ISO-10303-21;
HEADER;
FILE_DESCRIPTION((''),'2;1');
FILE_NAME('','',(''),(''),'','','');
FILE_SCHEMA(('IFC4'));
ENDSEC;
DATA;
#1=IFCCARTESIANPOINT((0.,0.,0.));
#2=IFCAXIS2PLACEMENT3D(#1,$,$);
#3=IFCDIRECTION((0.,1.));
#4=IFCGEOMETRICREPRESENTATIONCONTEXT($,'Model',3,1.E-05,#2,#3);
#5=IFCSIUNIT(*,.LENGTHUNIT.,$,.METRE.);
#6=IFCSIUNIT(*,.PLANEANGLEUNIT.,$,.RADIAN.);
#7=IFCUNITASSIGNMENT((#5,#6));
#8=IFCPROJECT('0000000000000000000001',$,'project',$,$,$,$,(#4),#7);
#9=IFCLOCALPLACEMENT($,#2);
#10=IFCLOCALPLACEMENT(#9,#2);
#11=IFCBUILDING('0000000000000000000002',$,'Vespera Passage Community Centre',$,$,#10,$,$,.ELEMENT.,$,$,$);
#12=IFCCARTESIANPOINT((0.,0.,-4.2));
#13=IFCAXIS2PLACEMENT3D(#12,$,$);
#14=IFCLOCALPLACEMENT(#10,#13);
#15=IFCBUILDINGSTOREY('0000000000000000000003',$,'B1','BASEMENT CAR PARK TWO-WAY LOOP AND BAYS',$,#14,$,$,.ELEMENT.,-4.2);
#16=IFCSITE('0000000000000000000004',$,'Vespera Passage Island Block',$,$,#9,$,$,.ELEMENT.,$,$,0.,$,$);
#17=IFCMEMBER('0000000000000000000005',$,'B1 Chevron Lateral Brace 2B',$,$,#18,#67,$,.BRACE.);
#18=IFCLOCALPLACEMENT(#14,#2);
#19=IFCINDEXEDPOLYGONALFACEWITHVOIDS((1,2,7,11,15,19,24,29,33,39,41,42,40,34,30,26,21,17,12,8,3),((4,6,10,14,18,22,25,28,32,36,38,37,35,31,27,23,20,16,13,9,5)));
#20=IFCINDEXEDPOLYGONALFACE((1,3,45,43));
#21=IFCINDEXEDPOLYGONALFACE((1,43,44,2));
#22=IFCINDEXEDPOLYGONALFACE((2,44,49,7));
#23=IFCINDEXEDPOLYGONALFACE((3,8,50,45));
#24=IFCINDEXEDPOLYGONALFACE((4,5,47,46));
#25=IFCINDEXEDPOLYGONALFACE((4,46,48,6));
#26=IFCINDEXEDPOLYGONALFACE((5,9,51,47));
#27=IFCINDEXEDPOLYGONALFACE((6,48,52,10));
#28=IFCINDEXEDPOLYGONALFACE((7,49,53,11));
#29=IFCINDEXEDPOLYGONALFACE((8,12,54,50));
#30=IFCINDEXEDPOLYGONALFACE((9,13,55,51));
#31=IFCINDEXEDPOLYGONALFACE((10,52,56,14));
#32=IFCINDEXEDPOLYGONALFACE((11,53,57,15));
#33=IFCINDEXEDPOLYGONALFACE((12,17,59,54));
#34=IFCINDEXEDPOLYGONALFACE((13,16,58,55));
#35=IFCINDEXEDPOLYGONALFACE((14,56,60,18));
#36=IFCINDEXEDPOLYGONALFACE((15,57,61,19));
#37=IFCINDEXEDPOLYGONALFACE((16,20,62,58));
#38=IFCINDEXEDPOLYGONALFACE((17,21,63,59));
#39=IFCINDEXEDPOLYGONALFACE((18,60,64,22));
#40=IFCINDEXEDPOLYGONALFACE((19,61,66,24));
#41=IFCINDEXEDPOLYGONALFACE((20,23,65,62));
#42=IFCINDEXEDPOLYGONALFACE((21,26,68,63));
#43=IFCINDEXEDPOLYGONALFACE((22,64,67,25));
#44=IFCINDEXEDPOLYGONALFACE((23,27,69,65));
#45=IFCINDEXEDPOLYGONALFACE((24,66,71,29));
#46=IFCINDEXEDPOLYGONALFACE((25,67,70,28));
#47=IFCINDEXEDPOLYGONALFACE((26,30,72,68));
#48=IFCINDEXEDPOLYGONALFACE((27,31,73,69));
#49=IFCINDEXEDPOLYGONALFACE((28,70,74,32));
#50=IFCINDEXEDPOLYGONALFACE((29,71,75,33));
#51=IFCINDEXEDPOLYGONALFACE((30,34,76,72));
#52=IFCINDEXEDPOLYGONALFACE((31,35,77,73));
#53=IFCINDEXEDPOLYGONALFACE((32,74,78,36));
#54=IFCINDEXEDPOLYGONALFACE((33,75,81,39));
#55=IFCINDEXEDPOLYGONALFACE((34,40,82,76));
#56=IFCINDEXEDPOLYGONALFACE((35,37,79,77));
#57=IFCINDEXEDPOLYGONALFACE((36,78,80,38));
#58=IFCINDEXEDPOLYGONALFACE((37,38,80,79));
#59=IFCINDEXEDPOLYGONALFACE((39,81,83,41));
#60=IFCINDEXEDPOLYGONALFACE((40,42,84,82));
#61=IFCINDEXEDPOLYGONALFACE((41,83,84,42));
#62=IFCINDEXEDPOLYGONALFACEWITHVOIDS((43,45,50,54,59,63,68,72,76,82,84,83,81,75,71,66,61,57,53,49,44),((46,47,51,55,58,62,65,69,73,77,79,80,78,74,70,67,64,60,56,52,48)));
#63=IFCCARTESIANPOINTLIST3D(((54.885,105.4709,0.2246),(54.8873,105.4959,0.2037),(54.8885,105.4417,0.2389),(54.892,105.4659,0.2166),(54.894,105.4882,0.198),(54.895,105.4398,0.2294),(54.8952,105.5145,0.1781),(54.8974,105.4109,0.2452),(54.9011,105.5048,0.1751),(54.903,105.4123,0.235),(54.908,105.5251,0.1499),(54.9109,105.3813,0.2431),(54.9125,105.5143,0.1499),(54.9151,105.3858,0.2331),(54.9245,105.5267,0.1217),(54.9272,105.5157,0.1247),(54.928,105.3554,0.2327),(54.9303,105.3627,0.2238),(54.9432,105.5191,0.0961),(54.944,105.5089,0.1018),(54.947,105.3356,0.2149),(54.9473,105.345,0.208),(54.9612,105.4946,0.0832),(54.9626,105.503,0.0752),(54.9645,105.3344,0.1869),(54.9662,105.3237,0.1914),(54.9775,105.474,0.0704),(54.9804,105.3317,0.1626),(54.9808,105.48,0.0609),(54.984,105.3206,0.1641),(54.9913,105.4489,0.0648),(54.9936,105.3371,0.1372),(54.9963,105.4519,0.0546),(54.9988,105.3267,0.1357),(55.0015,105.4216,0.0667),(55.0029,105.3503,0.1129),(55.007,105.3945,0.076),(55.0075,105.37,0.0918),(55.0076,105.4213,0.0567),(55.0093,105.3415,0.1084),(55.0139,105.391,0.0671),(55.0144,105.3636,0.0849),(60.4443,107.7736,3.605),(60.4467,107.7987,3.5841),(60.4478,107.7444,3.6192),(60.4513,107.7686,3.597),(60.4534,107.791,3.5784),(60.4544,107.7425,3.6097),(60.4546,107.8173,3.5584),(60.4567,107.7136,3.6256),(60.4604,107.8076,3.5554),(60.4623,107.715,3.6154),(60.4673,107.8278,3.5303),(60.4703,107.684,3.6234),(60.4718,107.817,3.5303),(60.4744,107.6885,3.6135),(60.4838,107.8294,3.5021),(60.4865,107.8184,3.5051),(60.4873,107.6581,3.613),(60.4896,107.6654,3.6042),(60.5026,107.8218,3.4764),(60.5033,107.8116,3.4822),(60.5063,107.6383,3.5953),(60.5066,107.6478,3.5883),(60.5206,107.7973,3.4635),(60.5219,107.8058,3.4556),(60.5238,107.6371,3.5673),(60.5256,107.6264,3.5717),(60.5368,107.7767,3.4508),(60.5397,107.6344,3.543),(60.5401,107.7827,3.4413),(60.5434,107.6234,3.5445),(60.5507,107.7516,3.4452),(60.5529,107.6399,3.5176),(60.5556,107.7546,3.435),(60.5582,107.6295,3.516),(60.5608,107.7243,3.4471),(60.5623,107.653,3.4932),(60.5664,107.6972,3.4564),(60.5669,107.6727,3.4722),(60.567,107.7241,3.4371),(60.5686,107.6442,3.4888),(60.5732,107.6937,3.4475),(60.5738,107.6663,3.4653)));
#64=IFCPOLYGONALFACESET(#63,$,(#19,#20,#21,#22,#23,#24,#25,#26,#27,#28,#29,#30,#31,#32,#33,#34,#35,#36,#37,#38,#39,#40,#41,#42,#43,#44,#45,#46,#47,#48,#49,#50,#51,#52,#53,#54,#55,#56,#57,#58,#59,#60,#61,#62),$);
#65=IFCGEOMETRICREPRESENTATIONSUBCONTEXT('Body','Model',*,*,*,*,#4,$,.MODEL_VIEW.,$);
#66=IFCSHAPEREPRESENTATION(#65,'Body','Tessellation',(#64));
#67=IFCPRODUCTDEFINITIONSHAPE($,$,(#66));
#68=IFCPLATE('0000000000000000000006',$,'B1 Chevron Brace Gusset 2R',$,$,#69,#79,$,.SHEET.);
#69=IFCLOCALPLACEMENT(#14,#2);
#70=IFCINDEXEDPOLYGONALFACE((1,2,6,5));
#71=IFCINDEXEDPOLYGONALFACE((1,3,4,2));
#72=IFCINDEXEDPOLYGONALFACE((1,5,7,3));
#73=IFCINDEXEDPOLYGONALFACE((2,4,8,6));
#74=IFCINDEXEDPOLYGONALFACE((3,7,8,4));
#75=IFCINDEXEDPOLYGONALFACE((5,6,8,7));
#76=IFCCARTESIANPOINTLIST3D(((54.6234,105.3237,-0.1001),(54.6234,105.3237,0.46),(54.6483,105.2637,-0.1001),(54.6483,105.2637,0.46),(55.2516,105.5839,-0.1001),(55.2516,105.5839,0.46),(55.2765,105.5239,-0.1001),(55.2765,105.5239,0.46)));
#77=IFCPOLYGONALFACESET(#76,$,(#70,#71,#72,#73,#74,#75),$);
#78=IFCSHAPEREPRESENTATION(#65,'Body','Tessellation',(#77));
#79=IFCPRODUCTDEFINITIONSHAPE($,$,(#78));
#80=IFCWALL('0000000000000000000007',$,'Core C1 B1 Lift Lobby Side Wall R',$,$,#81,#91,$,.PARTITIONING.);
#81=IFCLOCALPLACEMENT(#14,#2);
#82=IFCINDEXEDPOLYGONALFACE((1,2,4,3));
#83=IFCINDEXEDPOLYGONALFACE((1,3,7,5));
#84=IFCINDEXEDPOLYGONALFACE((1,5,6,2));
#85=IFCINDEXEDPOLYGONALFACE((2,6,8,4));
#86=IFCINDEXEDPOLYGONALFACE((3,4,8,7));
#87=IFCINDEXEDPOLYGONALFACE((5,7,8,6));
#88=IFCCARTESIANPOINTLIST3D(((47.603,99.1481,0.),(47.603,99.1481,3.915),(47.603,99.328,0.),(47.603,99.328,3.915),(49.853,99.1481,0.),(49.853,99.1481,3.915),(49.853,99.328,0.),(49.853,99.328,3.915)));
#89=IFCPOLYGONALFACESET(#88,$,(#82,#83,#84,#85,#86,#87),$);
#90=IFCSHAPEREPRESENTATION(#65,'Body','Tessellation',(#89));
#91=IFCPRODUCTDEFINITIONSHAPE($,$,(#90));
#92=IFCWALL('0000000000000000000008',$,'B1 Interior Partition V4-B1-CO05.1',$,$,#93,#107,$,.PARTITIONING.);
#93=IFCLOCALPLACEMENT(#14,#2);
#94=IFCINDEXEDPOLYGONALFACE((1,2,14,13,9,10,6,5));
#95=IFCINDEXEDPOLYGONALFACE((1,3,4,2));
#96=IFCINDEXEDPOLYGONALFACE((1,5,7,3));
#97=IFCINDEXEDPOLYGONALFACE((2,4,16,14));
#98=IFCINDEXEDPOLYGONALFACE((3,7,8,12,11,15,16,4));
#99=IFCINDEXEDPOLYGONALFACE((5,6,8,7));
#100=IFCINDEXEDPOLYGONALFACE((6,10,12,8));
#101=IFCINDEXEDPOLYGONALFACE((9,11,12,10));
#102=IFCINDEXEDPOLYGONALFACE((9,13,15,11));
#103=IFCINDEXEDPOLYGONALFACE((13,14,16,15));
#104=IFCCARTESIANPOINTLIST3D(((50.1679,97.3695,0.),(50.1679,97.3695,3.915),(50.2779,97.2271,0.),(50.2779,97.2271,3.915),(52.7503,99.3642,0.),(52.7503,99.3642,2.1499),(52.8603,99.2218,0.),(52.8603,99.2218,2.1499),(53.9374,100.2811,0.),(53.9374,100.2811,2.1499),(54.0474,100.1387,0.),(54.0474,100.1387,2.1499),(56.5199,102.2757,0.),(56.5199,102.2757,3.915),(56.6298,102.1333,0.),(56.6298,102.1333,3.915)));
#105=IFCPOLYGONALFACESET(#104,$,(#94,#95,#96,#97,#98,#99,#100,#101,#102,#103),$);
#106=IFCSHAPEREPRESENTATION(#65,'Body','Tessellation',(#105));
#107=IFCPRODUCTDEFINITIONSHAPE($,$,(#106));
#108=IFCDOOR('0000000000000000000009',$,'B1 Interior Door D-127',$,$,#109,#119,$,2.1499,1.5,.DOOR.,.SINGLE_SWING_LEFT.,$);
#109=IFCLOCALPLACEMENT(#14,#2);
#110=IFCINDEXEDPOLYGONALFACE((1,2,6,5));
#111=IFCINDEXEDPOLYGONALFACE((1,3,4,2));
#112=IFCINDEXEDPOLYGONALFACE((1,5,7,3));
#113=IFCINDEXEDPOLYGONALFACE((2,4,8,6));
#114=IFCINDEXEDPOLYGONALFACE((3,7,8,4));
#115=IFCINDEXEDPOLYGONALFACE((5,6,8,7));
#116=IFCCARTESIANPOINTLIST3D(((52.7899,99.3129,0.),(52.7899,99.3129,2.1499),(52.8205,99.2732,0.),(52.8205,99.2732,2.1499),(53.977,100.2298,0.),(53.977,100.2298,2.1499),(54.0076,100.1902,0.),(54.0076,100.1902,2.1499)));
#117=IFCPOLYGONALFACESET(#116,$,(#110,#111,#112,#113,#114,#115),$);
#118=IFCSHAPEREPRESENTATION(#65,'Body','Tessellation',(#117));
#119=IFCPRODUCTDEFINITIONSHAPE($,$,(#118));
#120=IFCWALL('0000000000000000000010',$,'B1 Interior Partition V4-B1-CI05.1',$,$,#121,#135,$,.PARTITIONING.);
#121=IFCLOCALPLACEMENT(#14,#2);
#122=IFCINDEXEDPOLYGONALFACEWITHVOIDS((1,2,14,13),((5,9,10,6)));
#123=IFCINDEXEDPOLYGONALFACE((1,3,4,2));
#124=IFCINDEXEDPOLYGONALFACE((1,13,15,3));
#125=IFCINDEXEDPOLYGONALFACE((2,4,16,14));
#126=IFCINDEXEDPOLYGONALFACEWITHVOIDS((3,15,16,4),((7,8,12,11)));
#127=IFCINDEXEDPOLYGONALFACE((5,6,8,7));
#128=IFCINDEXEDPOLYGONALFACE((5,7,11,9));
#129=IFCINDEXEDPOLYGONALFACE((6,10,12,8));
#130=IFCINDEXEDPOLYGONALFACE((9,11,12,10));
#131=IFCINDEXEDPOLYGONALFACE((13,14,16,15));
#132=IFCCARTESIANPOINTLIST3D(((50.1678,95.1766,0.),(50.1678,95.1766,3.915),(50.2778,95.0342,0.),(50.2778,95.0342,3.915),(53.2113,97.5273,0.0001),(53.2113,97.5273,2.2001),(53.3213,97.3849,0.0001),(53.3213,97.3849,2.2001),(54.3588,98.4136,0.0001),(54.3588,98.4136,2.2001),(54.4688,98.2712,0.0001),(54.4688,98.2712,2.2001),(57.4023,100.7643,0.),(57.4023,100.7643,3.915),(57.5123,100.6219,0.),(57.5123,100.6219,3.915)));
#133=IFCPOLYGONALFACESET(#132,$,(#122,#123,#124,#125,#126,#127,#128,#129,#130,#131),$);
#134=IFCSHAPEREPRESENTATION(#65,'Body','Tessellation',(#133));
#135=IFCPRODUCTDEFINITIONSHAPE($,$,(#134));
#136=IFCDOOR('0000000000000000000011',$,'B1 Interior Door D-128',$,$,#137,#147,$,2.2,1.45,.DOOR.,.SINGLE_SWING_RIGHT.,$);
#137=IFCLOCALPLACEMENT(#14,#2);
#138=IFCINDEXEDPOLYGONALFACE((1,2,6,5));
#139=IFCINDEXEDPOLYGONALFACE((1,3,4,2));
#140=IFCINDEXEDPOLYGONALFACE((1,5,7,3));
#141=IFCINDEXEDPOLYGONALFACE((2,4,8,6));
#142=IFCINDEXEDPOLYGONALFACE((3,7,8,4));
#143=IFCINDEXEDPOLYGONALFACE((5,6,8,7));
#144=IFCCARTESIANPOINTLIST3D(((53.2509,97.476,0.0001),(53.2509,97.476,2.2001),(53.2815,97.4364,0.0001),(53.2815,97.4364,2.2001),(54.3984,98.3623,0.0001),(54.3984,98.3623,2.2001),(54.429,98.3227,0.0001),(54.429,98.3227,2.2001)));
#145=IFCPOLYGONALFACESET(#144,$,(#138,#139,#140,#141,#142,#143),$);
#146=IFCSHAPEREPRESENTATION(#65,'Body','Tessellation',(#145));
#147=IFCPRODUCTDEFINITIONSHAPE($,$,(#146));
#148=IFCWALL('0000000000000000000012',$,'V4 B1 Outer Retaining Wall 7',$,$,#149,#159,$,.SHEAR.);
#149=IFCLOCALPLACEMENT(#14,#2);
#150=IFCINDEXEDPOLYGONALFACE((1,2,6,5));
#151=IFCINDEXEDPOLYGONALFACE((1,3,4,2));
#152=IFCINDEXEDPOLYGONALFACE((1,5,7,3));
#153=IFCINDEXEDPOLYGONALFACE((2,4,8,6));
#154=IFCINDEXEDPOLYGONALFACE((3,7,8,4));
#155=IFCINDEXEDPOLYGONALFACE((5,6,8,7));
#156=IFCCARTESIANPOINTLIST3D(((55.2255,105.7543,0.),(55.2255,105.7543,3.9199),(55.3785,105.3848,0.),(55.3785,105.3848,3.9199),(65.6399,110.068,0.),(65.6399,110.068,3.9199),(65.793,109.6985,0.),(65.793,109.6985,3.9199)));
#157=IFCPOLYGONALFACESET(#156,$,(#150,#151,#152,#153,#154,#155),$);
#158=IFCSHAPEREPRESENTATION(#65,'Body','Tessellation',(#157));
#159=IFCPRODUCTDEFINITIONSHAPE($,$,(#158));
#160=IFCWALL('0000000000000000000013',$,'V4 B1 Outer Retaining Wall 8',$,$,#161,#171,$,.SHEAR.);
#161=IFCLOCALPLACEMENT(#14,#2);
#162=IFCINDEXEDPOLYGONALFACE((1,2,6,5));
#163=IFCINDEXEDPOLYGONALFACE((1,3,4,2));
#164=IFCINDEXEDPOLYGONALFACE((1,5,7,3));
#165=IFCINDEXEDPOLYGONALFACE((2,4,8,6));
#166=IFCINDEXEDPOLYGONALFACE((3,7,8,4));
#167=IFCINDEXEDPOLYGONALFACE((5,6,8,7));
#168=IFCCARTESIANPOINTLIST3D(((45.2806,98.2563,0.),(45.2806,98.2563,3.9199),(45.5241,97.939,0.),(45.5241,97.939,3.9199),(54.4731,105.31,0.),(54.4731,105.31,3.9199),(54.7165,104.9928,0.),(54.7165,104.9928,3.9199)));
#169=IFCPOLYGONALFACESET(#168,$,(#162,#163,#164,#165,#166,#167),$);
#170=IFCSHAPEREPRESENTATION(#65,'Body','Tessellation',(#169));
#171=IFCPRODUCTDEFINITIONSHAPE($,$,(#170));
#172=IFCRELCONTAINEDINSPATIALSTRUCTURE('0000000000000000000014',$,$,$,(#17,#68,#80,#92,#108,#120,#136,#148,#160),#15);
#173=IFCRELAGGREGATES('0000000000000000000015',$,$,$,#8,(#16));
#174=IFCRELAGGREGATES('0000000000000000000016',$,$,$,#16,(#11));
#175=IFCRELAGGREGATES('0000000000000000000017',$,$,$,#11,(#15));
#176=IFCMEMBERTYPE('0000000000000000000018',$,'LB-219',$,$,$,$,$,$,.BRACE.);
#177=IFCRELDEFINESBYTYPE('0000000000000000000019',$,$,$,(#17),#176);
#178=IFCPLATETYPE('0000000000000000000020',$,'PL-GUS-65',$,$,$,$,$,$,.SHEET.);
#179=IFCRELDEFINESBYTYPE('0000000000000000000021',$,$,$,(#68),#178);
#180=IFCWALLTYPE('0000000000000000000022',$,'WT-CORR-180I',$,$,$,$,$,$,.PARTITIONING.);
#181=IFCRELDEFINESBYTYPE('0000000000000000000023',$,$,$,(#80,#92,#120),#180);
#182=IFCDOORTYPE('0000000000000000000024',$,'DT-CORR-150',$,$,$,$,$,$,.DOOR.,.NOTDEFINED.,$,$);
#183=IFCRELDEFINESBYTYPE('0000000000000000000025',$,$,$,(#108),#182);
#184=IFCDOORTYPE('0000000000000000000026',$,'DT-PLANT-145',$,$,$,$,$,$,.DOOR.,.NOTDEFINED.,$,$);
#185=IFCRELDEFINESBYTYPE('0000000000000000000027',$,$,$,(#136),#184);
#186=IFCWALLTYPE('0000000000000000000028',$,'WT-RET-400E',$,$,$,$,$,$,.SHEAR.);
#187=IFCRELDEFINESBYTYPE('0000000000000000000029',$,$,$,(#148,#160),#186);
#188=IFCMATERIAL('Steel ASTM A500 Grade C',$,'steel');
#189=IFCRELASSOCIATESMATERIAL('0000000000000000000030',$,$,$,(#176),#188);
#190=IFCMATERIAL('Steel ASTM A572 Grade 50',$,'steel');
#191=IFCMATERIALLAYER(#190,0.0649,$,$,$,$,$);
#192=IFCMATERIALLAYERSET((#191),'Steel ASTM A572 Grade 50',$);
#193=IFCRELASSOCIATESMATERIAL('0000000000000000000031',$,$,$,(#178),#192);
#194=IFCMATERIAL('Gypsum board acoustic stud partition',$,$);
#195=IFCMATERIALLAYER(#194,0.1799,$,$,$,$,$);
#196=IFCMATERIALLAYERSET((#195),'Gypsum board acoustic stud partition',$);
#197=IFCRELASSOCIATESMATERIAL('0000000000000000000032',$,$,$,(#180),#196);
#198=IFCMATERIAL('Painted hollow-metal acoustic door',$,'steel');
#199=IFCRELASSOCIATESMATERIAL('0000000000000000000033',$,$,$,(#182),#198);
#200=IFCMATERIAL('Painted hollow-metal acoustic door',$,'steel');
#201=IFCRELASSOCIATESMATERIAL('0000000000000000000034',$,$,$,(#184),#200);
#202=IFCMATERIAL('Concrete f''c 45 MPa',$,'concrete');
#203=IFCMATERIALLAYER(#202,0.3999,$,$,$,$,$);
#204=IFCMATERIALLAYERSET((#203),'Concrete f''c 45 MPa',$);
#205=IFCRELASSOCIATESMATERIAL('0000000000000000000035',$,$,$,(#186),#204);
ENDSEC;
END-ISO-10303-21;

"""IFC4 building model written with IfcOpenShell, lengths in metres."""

from ifc_helpers import new_model, si_unit, direction, frame, frame_2d, origin, origin_2d, place, context, subcontext, project, spatial, rectangle, hollow_circle, extrude, material, layer, layer_set, material_profile, profile_set, type_object, element, fill, save


model = new_model("IFC4")

# Units and contexts
model_context = context("Model", 3, precision=1e-05, world=origin(), true_north=direction((0.0, 1.0)))
body_context = subcontext(model_context, "Body", "Model", "MODEL_VIEW")
ifc_project = project(units=[si_unit("LENGTHUNIT", "METRE"), si_unit("PLANEANGLEUNIT", "RADIAN")], contexts=[model_context])

# Site, building, storey
site_placement = place(None, origin())
site = spatial("IfcSite", under=ifc_project, at=site_placement, Name="Vespera Passage Island Block", CompositionType="ELEMENT", RefElevation=0.0)
building_placement = place(site_placement, origin())
building = spatial("IfcBuilding", under=site, at=building_placement, Name="Vespera Passage Community Centre", CompositionType="ELEMENT")
storey_placement = place(building_placement, frame((0.0, 0.0, -4.2)))
storey = spatial("IfcBuildingStorey", under=building, at=storey_placement, Name="B1", Description="BASEMENT CAR PARK TWO-WAY LOOP AND BAYS", CompositionType="ELEMENT", Elevation=-4.2)

# Member
ifc_material_1 = material(Name="Steel ASTM A500 Grade C", Category="steel")
ifc_material_profile_1 = material_profile(ifc_material_1, hollow_circle(Radius=0.1096, WallThickness=0.0117, at=origin_2d()), Name="CHS219X12.7")
ifc_profile_set_1 = profile_set([ifc_material_profile_1], Name="Steel ASTM A500 Grade C")
member_type = type_object("IfcMemberType", Name="LB-219", PredefinedType="BRACE", material=ifc_profile_set_1)
member_placement = place(storey_placement, frame((54.95, 105.4238, 0.1499), z_axis=(0.805483, 0.33364, 0.489777), x_axis=(-0.382681, 0.92388, 0.0)))
element("IfcMember", 1, at=member_placement, inside=storey, type_object=member_type, Name="B1 Chevron Lateral Brace 2B", PredefinedType="BRACE", context=body_context, shape_type="SweptSolid", body=[
    extrude(hollow_circle(Radius=0.1096, WallThickness=0.0117, at=origin_2d()), origin(), (0.0, 0.0, 1.0), 6.9019),
])

# Plate
ifc_material_2 = material(Name="Steel ASTM A572 Grade 50", Category="steel")
ifc_layer_1 = layer(ifc_material_2, 0.0649)
ifc_layer_set_1 = layer_set([ifc_layer_1], Name="Steel ASTM A572 Grade 50")
plate_type = type_object("IfcPlateType", Name="PL-GUS-65", PredefinedType="SHEET", material=ifc_layer_set_1)
plate_placement = place(storey_placement, frame((54.95, 105.4238, -0.1001), z_axis=(0.0, 0.0, 1.0), x_axis=(-0.92388, -0.382683, 0.0)))
element("IfcPlate", 2, at=plate_placement, inside=storey, type_object=plate_type, Name="B1 Chevron Brace Gusset 2R", PredefinedType="SHEET", context=body_context, shape_type="SweptSolid", body=[
    extrude(rectangle(XDim=0.6799, YDim=0.0649, at=origin_2d()), origin(), (0.0, 0.0, 1.0), 0.5601),
])

# Wall
ifc_material_3 = material(Name="Gypsum board acoustic stud partition")
ifc_layer_2 = layer(ifc_material_3, 0.1799)
ifc_layer_set_2 = layer_set([ifc_layer_2], Name="Gypsum board acoustic stud partition")
wall_type_1 = type_object("IfcWallType", Name="WT-CORR-180I", PredefinedType="PARTITIONING", material=ifc_layer_set_2)
wall_1_placement = place(storey_placement, frame((47.603, 99.238, 0.0), z_axis=(0.0, 0.0, 1.0), x_axis=(1.0, 0.0, 0.0)))
element("IfcWall", 3, at=wall_1_placement, inside=storey, type_object=wall_type_1, Name="Core C1 B1 Lift Lobby Side Wall R", PredefinedType="PARTITIONING", context=body_context, shape_type="SweptSolid", body=[
    extrude(rectangle(XDim=2.25, YDim=0.1799, at=frame_2d((1.125, 0.0))), origin(), (0.0, 0.0, 1.0), 3.915),
])

# Walls, openings, doors
wall_2_placement = place(storey_placement, frame((56.575, 102.2046, 0.0), z_axis=(0.0, 0.0, 1.0), x_axis=(-0.791415, -0.61128, 0.0)))
wall_2 = element("IfcWall", 4, at=wall_2_placement, inside=storey, type_object=wall_type_1, Name="B1 Interior Partition V4-B1-CO05.1", PredefinedType="PARTITIONING", context=body_context, shape_type="SweptSolid", body=[
    extrude(rectangle(XDim=8.0261, YDim=0.1799, at=frame_2d((4.0132, 0.0))), origin(), (0.0, 0.0, 1.0), 3.915),
])
opening_1_placement = place(wall_2_placement, frame((3.2632, 0.0, 0.0)))
opening_1 = element("IfcOpeningElement", 5, at=opening_1_placement, cuts=wall_2, PredefinedType="OPENING", context=body_context, shape_type="SweptSolid", body=[
    extrude(rectangle(XDim=1.5, YDim=2.1499, at=frame_2d((0.75, 1.075))), frame((0.0, 0.0999, 0.0), z_axis=(0.0, -1.0, 0.0), x_axis=(1.0, 0.0, 0.0)), (0.0, 0.0, 1.0), 0.2),
])
ifc_material_4 = material(Name="Painted hollow-metal acoustic door", Category="steel")
door_type_1 = type_object("IfcDoorType", Name="DT-CORR-150", OperationType="NOTDEFINED", PredefinedType="DOOR", material=ifc_material_4)
door_1_placement = place(opening_1_placement, origin())
door_1 = element("IfcDoor", 6, at=door_1_placement, inside=storey, type_object=door_type_1, Name="B1 Interior Door D-127", OperationType="SINGLE_SWING_LEFT", OverallHeight=2.1499, OverallWidth=1.5, PredefinedType="DOOR", context=body_context, shape_type="SweptSolid", body=[
    extrude(rectangle(XDim=1.5, YDim=2.1499, at=frame_2d((0.75, 1.075))), frame((0.0, 0.0249, 0.0), z_axis=(0.0, -1.0, 0.0), x_axis=(1.0, 0.0, 0.0)), (0.0, 0.0, 1.0), 0.05),
])
fill(opening_1, door_1)
wall_3_placement = place(storey_placement, frame((57.4573, 100.6931, 0.0), z_axis=(0.0, 0.0, 1.0), x_axis=(-0.79142, -0.611273, 0.0)))
wall_3 = element("IfcWall", 7, at=wall_3_placement, inside=storey, type_object=wall_type_1, Name="B1 Interior Partition V4-B1-CI05.1", PredefinedType="PARTITIONING", context=body_context, shape_type="SweptSolid", body=[
    extrude(rectangle(XDim=9.1411, YDim=0.1799, at=frame_2d((4.5706, 0.0))), origin(), (0.0, 0.0, 1.0), 3.915),
])
opening_2_placement = place(wall_3_placement, frame((3.8455, 0.0, 0.0)))
opening_2 = element("IfcOpeningElement", 8, at=opening_2_placement, cuts=wall_3, PredefinedType="OPENING", context=body_context, shape_type="SweptSolid", body=[
    extrude(rectangle(XDim=1.45, YDim=2.2, at=frame_2d((0.7251, 1.1001))), frame((0.0, 0.0999, 0.0), z_axis=(0.0, -1.0, 0.0), x_axis=(1.0, 0.0, 0.0)), (0.0, 0.0, 1.0), 0.2),
])
ifc_material_5 = material(Name="Painted hollow-metal acoustic door", Category="steel")
door_type_2 = type_object("IfcDoorType", Name="DT-PLANT-145", OperationType="NOTDEFINED", PredefinedType="DOOR", material=ifc_material_5)
door_2_placement = place(opening_2_placement, origin())
door_2 = element("IfcDoor", 9, at=door_2_placement, inside=storey, type_object=door_type_2, Name="B1 Interior Door D-128", OperationType="SINGLE_SWING_RIGHT", OverallHeight=2.2, OverallWidth=1.45, PredefinedType="DOOR", context=body_context, shape_type="SweptSolid", body=[
    extrude(rectangle(XDim=1.45, YDim=2.2, at=frame_2d((0.7251, 1.1001))), frame((0.0, 0.0249, 0.0), z_axis=(0.0, -1.0, 0.0), x_axis=(1.0, 0.0, 0.0)), (0.0, 0.0, 1.0), 0.05),
])
fill(opening_2, door_2)

# Walls
ifc_material_6 = material(Name="Concrete f'c 45 MPa", Category="concrete")
ifc_layer_3 = layer(ifc_material_6, 0.3999)
ifc_layer_set_3 = layer_set([ifc_layer_3], Name="Concrete f'c 45 MPa")
wall_type_2 = type_object("IfcWallType", Name="WT-RET-400E", PredefinedType="SHEAR", material=ifc_layer_set_3)
wall_4_placement = place(storey_placement, frame((55.302, 105.5696, 0.0), z_axis=(0.0, 0.0, 1.0), x_axis=(0.923884, 0.382674, 0.0)))
element("IfcWall", 10, at=wall_4_placement, inside=storey, type_object=wall_type_2, Name="V4 B1 Outer Retaining Wall 7", PredefinedType="SHEAR", context=body_context, shape_type="SweptSolid", body=[
    extrude(rectangle(XDim=11.2725, YDim=0.3999, at=frame_2d((5.6362, 0.0))), origin(), (0.0, 0.0, 1.0), 3.9199),
])
wall_5_placement = place(storey_placement, frame((45.4023, 98.0977, 0.0), z_axis=(0.0, 0.0, 1.0), x_axis=(0.793347, 0.608769, 0.0)))
element("IfcWall", 11, at=wall_5_placement, inside=storey, type_object=wall_type_2, Name="V4 B1 Outer Retaining Wall 8", PredefinedType="SHEAR", context=body_context, shape_type="SweptSolid", body=[
    extrude(rectangle(XDim=11.5869, YDim=0.3999, at=frame_2d((5.7935, 0.0))), origin(), (0.0, 0.0, 1.0), 3.9199),
])

save(model, "model.ifc")
